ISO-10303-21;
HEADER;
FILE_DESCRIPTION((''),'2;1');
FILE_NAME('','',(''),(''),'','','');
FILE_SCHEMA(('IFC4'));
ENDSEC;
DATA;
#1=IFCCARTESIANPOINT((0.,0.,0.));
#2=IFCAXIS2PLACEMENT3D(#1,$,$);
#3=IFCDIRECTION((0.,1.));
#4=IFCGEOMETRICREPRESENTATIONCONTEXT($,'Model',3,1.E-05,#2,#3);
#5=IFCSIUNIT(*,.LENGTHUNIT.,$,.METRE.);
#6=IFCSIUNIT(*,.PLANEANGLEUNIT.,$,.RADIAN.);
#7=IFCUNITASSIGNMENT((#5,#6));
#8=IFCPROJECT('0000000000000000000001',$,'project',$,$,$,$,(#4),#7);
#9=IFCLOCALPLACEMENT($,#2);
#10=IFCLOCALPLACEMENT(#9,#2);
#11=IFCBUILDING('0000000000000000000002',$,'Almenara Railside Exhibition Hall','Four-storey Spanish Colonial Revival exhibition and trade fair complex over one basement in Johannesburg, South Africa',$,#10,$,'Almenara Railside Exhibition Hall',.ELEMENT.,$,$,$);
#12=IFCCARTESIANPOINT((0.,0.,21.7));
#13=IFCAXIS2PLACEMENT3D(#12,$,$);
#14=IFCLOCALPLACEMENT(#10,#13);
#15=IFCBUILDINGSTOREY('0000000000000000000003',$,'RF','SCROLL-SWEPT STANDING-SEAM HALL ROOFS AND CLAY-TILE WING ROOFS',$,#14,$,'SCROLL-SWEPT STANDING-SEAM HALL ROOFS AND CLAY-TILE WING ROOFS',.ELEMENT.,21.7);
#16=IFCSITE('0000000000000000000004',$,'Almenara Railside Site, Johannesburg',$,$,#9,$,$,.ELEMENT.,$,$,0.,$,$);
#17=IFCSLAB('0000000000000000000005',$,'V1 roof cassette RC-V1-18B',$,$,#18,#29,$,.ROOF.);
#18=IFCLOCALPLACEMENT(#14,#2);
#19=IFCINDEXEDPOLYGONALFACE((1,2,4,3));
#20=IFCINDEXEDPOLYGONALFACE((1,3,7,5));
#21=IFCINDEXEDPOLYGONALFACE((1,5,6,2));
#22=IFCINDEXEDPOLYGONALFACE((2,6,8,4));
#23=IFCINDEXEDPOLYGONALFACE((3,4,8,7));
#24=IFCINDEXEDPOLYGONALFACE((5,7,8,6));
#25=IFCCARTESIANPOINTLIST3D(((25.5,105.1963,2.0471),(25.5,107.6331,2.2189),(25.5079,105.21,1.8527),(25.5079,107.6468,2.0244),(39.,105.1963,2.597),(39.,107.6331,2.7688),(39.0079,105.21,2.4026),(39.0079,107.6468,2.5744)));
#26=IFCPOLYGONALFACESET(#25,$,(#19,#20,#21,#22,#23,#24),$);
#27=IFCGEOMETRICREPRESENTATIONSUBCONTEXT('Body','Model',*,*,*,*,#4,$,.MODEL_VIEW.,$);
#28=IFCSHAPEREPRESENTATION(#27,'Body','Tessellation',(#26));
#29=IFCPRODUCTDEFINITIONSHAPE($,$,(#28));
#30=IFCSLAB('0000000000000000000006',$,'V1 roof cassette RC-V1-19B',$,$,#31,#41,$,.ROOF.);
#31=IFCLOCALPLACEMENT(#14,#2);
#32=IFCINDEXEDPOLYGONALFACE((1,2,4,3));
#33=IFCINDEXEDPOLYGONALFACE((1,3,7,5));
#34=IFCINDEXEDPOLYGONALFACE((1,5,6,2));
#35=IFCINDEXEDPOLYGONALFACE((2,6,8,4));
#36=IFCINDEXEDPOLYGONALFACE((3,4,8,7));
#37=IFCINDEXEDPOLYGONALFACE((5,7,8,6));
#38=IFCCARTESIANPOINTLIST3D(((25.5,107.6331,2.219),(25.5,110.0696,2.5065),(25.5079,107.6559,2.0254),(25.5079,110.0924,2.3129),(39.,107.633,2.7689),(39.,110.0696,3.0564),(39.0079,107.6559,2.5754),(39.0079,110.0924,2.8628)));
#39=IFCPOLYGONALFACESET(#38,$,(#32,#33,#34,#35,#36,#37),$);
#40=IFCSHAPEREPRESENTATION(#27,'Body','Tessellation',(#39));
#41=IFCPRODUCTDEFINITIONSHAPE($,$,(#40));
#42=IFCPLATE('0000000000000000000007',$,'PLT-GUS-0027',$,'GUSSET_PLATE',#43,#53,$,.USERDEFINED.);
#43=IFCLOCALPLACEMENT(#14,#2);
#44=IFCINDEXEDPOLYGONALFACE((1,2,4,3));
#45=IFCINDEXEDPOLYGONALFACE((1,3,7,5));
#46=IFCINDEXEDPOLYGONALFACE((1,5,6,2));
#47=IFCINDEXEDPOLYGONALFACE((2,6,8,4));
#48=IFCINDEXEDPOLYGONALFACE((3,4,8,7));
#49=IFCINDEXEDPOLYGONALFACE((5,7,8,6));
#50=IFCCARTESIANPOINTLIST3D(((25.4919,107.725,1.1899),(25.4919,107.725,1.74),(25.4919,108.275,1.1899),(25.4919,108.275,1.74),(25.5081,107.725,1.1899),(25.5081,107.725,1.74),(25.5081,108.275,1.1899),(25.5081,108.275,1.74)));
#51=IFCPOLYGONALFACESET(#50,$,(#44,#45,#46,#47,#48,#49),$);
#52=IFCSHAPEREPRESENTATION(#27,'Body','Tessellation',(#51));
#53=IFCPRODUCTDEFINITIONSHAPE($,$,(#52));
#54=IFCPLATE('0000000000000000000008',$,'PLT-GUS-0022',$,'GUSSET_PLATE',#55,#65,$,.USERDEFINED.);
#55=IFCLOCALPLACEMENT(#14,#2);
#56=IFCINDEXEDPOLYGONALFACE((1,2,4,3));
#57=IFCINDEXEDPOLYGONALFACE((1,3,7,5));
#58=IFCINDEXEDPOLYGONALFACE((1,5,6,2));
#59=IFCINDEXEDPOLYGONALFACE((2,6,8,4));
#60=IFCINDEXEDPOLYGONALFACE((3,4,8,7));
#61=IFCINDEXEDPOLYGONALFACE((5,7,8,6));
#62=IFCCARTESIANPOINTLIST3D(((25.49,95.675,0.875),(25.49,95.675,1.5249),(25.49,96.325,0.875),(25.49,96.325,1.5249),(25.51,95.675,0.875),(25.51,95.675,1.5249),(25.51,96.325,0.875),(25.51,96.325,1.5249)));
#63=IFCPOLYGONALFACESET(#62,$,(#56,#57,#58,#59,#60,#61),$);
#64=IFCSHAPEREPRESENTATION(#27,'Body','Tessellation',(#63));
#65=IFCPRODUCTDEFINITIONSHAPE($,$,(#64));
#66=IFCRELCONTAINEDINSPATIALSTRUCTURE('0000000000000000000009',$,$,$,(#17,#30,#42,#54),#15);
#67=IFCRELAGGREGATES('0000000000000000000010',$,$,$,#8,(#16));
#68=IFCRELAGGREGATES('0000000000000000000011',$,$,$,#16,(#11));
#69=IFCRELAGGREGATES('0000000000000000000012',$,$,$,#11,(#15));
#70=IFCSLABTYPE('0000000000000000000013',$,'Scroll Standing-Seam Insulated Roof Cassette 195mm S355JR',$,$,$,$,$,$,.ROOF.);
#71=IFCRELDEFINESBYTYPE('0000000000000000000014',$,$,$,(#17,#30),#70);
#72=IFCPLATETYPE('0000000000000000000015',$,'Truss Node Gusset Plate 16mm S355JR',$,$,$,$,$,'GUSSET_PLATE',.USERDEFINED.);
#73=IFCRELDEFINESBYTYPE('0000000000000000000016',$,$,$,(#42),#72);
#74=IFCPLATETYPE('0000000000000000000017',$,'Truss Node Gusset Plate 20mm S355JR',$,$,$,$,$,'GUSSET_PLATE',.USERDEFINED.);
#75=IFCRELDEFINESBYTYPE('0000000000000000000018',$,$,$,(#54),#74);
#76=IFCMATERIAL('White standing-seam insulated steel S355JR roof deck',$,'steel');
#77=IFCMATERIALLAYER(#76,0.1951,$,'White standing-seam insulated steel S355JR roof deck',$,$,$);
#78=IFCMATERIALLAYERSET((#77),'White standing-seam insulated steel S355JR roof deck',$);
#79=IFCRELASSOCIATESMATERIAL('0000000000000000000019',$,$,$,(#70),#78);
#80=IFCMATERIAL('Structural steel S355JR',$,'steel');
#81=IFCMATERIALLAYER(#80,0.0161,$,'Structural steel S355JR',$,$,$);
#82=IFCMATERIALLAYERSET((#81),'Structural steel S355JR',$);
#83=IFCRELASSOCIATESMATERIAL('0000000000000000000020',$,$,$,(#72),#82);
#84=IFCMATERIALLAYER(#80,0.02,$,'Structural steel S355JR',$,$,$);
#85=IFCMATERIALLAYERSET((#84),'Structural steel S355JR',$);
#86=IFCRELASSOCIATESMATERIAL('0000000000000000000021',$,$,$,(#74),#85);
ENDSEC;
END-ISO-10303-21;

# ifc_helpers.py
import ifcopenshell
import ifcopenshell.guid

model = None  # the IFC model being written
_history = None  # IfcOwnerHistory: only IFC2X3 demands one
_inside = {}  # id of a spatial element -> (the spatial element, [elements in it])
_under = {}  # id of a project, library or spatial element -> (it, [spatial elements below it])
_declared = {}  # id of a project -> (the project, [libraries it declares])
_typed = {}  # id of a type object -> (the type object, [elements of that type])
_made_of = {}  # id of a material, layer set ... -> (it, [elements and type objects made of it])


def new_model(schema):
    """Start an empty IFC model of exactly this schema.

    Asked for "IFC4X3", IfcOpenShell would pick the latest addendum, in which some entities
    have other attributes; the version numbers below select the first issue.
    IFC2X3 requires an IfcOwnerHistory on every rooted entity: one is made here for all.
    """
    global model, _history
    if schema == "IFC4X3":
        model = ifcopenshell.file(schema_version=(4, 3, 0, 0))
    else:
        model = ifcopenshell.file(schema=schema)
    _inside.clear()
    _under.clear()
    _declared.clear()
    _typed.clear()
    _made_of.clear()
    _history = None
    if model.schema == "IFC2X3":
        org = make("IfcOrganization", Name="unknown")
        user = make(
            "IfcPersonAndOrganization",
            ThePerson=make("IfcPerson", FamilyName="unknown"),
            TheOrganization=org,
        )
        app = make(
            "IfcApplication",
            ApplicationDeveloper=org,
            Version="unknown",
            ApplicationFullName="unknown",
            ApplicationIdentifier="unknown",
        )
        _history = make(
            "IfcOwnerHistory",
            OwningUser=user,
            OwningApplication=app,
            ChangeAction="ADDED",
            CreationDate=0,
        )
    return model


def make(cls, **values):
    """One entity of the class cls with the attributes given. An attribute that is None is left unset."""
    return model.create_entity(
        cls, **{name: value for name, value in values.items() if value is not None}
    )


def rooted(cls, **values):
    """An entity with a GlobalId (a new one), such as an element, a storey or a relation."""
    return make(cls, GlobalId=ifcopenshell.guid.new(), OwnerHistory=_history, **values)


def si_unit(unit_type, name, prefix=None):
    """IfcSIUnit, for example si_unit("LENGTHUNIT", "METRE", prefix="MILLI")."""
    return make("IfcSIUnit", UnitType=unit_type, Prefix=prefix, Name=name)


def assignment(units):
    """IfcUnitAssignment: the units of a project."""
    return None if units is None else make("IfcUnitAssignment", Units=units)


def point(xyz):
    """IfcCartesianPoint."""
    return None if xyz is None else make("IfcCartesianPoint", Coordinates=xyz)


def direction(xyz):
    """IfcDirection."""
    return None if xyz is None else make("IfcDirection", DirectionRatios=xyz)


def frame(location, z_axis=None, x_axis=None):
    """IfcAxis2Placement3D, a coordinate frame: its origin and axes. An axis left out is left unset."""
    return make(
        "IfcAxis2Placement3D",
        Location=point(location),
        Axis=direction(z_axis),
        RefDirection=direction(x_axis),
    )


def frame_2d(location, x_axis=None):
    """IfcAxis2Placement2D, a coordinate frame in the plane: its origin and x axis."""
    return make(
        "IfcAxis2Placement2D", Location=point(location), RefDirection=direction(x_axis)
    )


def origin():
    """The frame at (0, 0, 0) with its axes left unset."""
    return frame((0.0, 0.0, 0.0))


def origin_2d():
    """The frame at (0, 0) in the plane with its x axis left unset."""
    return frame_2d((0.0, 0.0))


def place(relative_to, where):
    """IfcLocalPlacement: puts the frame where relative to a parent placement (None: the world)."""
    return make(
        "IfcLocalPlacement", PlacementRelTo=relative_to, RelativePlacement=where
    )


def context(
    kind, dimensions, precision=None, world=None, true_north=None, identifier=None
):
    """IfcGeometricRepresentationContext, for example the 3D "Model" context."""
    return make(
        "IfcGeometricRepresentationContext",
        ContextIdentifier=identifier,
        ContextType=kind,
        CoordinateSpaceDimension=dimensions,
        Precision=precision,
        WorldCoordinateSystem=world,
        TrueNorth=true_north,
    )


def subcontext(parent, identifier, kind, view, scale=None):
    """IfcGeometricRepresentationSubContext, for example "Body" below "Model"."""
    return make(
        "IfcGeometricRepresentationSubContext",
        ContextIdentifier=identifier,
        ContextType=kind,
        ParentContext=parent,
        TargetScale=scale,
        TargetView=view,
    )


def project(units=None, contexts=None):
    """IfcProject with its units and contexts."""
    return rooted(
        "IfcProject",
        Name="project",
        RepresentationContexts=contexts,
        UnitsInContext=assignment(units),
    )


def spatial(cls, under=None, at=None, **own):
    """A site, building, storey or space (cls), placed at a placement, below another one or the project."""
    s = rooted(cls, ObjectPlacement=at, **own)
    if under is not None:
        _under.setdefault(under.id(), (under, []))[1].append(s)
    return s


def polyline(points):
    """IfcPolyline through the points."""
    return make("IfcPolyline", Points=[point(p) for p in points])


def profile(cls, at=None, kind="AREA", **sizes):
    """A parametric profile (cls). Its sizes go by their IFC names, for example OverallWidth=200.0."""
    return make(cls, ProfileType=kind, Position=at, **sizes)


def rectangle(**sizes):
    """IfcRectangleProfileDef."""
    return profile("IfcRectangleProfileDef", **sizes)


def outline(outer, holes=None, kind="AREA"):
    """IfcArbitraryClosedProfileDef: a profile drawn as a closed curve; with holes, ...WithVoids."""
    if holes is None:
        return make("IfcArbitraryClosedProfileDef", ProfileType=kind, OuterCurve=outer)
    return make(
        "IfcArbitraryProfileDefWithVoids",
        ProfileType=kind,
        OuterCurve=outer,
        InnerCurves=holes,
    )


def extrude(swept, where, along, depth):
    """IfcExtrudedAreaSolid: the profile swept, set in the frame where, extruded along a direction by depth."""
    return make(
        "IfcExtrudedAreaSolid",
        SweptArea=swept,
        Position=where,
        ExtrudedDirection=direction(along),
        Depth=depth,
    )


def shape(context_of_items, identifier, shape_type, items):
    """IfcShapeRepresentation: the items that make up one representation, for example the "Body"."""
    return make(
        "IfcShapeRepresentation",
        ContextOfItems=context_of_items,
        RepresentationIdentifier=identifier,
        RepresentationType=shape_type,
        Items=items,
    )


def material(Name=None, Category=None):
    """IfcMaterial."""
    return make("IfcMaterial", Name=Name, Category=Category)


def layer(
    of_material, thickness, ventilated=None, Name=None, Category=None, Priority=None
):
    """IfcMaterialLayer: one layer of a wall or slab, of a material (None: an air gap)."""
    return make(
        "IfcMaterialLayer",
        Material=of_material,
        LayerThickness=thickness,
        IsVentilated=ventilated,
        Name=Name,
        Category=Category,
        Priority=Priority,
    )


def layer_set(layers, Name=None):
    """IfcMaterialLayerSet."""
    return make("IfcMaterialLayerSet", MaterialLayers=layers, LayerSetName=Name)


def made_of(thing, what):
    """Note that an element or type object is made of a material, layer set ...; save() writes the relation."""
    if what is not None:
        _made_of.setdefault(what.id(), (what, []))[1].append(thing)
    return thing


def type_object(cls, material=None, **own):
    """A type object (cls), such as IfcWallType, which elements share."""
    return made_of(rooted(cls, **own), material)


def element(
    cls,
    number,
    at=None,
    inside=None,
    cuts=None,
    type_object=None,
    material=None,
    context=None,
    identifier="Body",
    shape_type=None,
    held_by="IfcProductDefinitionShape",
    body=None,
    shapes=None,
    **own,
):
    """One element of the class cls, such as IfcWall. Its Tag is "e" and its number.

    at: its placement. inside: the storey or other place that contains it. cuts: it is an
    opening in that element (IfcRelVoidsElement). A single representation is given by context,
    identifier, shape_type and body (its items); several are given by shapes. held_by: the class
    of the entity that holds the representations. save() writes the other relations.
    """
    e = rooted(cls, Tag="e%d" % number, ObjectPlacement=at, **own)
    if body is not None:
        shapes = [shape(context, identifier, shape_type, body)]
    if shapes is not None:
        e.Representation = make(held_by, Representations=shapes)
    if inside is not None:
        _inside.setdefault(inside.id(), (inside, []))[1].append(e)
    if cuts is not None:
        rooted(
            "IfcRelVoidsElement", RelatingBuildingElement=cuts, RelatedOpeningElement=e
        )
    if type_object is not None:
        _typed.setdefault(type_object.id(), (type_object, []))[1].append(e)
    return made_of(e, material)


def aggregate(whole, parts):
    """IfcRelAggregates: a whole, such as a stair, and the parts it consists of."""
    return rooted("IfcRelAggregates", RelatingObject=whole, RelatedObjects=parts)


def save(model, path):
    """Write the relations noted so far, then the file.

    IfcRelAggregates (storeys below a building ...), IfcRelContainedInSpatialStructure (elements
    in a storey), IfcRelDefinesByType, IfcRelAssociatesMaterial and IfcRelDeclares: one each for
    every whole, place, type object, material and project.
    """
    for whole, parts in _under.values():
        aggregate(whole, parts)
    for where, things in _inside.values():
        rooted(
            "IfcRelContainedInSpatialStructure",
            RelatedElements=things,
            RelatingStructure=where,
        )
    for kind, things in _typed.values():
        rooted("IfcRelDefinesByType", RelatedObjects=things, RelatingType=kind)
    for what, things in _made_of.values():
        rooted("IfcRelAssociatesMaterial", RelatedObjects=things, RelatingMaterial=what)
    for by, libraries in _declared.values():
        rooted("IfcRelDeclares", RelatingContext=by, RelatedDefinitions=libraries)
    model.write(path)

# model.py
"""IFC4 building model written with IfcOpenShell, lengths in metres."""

from ifc_helpers import new_model, si_unit, direction, frame, origin, origin_2d, place, context, subcontext, project, spatial, polyline, rectangle, outline, extrude, material, layer, layer_set, type_object, element, save


model = new_model("IFC4")

# Units and contexts
model_context = context("Model", 3, precision=1e-05, world=origin(), true_north=direction((0.0, 1.0)))
body_context = subcontext(model_context, "Body", "Model", "MODEL_VIEW")
ifc_project = project(units=[si_unit("LENGTHUNIT", "METRE"), si_unit("PLANEANGLEUNIT", "RADIAN")], contexts=[model_context])

# Site, building, storey
site_placement = place(None, origin())
site = spatial("IfcSite", under=ifc_project, at=site_placement, Name="Almenara Railside Site, Johannesburg", CompositionType="ELEMENT", RefElevation=0.0)
building_placement = place(site_placement, origin())
building = spatial("IfcBuilding", under=site, at=building_placement, Name="Almenara Railside Exhibition Hall", Description="Four-storey Spanish Colonial Revival exhibition and trade fair complex over one basement in Johannesburg, South Africa", LongName="Almenara Railside Exhibition Hall", CompositionType="ELEMENT")
storey_placement = place(building_placement, frame((0.0, 0.0, 21.7)))
storey = spatial("IfcBuildingStorey", under=building, at=storey_placement, Name="RF", Description="SCROLL-SWEPT STANDING-SEAM HALL ROOFS AND CLAY-TILE WING ROOFS", LongName="SCROLL-SWEPT STANDING-SEAM HALL ROOFS AND CLAY-TILE WING ROOFS", CompositionType="ELEMENT", Elevation=21.7)

# Shared definitions
ifc_material_1 = material(Name="Structural steel S355JR", Category="steel")

# Slabs
ifc_material_2 = material(Name="White standing-seam insulated steel S355JR roof deck", Category="steel")
ifc_layer_1 = layer(ifc_material_2, 0.1951, Name="White standing-seam insulated steel S355JR roof deck")
ifc_layer_set_1 = layer_set([ifc_layer_1], Name="White standing-seam insulated steel S355JR roof deck")
slab_type_1 = type_object("IfcSlabType", Name="Scroll Standing-Seam Insulated Roof Cassette 195mm S355JR", PredefinedType="ROOF", material=ifc_layer_set_1)
slab_1_placement = place(storey_placement, frame((25.5, 105.1963, 2.0471), z_axis=(-0.040601, -0.070252, 0.996703), x_axis=(0.999171, 0.000001, 0.040702)))
element("IfcSlab", 1, at=slab_1_placement, inside=storey, type_object=slab_type_1, Name="V1 roof cassette RC-V1-18B", PredefinedType="ROOF", context=body_context, shape_type="SweptSolid", body=[
    extrude(outline(polyline([(0.0, 0.0), (13.5112, 0.0), (13.5182, 2.4428), (0.007, 2.4428), (0.0, 0.0)])), origin(), (0.0, 0.0, -1.0), 0.1951),
])
slab_2_placement = place(storey_placement, frame((25.5, 107.6331, 2.219), z_axis=(-0.040422, -0.117077, 0.9923), x_axis=(0.999171, -0.000001, 0.040701)))
element("IfcSlab", 2, at=slab_2_placement, inside=storey, type_object=slab_type_1, Name="V1 roof cassette RC-V1-19B", PredefinedType="ROOF", context=body_context, shape_type="SweptSolid", body=[
    extrude(outline(polyline([(0.0, 0.0), (13.5112, 0.0), (13.5229, 2.4534), (0.0117, 2.4534), (0.0, 0.0)])), origin(), (0.0, 0.0, -1.0), 0.1951),
])

# Plates
ifc_layer_2 = layer(ifc_material_1, 0.0161, Name="Structural steel S355JR")
ifc_layer_set_2 = layer_set([ifc_layer_2], Name="Structural steel S355JR")
plate_type_1 = type_object("IfcPlateType", Name="Truss Node Gusset Plate 16mm S355JR", ElementType="GUSSET_PLATE", PredefinedType="USERDEFINED", material=ifc_layer_set_2)
plate_1_placement = place(storey_placement, frame((25.5, 108.0, 1.1899), z_axis=(0.0, 0.0, 1.0), x_axis=(0.0, 1.0, 0.0)))
element("IfcPlate", 3, at=plate_1_placement, inside=storey, type_object=plate_type_1, Name="PLT-GUS-0027", ObjectType="GUSSET_PLATE", PredefinedType="USERDEFINED", context=body_context, shape_type="SweptSolid", body=[
    extrude(rectangle(XDim=0.55, YDim=0.0161, at=origin_2d()), origin(), (0.0, 0.0, 1.0), 0.55),
])
ifc_layer_3 = layer(ifc_material_1, 0.02, Name="Structural steel S355JR")
ifc_layer_set_3 = layer_set([ifc_layer_3], Name="Structural steel S355JR")
plate_type_2 = type_object("IfcPlateType", Name="Truss Node Gusset Plate 20mm S355JR", ElementType="GUSSET_PLATE", PredefinedType="USERDEFINED", material=ifc_layer_set_3)
plate_2_placement = place(storey_placement, frame((25.5, 96.0, 0.875), z_axis=(0.0, 0.0, 1.0), x_axis=(0.0, 1.0, 0.0)))
element("IfcPlate", 4, at=plate_2_placement, inside=storey, type_object=plate_type_2, Name="PLT-GUS-0022", ObjectType="GUSSET_PLATE", PredefinedType="USERDEFINED", context=body_context, shape_type="SweptSolid", body=[
    extrude(rectangle(XDim=0.6499, YDim=0.02, at=origin_2d()), origin(), (0.0, 0.0, 1.0), 0.6499),
])

save(model, "model.ifc")
